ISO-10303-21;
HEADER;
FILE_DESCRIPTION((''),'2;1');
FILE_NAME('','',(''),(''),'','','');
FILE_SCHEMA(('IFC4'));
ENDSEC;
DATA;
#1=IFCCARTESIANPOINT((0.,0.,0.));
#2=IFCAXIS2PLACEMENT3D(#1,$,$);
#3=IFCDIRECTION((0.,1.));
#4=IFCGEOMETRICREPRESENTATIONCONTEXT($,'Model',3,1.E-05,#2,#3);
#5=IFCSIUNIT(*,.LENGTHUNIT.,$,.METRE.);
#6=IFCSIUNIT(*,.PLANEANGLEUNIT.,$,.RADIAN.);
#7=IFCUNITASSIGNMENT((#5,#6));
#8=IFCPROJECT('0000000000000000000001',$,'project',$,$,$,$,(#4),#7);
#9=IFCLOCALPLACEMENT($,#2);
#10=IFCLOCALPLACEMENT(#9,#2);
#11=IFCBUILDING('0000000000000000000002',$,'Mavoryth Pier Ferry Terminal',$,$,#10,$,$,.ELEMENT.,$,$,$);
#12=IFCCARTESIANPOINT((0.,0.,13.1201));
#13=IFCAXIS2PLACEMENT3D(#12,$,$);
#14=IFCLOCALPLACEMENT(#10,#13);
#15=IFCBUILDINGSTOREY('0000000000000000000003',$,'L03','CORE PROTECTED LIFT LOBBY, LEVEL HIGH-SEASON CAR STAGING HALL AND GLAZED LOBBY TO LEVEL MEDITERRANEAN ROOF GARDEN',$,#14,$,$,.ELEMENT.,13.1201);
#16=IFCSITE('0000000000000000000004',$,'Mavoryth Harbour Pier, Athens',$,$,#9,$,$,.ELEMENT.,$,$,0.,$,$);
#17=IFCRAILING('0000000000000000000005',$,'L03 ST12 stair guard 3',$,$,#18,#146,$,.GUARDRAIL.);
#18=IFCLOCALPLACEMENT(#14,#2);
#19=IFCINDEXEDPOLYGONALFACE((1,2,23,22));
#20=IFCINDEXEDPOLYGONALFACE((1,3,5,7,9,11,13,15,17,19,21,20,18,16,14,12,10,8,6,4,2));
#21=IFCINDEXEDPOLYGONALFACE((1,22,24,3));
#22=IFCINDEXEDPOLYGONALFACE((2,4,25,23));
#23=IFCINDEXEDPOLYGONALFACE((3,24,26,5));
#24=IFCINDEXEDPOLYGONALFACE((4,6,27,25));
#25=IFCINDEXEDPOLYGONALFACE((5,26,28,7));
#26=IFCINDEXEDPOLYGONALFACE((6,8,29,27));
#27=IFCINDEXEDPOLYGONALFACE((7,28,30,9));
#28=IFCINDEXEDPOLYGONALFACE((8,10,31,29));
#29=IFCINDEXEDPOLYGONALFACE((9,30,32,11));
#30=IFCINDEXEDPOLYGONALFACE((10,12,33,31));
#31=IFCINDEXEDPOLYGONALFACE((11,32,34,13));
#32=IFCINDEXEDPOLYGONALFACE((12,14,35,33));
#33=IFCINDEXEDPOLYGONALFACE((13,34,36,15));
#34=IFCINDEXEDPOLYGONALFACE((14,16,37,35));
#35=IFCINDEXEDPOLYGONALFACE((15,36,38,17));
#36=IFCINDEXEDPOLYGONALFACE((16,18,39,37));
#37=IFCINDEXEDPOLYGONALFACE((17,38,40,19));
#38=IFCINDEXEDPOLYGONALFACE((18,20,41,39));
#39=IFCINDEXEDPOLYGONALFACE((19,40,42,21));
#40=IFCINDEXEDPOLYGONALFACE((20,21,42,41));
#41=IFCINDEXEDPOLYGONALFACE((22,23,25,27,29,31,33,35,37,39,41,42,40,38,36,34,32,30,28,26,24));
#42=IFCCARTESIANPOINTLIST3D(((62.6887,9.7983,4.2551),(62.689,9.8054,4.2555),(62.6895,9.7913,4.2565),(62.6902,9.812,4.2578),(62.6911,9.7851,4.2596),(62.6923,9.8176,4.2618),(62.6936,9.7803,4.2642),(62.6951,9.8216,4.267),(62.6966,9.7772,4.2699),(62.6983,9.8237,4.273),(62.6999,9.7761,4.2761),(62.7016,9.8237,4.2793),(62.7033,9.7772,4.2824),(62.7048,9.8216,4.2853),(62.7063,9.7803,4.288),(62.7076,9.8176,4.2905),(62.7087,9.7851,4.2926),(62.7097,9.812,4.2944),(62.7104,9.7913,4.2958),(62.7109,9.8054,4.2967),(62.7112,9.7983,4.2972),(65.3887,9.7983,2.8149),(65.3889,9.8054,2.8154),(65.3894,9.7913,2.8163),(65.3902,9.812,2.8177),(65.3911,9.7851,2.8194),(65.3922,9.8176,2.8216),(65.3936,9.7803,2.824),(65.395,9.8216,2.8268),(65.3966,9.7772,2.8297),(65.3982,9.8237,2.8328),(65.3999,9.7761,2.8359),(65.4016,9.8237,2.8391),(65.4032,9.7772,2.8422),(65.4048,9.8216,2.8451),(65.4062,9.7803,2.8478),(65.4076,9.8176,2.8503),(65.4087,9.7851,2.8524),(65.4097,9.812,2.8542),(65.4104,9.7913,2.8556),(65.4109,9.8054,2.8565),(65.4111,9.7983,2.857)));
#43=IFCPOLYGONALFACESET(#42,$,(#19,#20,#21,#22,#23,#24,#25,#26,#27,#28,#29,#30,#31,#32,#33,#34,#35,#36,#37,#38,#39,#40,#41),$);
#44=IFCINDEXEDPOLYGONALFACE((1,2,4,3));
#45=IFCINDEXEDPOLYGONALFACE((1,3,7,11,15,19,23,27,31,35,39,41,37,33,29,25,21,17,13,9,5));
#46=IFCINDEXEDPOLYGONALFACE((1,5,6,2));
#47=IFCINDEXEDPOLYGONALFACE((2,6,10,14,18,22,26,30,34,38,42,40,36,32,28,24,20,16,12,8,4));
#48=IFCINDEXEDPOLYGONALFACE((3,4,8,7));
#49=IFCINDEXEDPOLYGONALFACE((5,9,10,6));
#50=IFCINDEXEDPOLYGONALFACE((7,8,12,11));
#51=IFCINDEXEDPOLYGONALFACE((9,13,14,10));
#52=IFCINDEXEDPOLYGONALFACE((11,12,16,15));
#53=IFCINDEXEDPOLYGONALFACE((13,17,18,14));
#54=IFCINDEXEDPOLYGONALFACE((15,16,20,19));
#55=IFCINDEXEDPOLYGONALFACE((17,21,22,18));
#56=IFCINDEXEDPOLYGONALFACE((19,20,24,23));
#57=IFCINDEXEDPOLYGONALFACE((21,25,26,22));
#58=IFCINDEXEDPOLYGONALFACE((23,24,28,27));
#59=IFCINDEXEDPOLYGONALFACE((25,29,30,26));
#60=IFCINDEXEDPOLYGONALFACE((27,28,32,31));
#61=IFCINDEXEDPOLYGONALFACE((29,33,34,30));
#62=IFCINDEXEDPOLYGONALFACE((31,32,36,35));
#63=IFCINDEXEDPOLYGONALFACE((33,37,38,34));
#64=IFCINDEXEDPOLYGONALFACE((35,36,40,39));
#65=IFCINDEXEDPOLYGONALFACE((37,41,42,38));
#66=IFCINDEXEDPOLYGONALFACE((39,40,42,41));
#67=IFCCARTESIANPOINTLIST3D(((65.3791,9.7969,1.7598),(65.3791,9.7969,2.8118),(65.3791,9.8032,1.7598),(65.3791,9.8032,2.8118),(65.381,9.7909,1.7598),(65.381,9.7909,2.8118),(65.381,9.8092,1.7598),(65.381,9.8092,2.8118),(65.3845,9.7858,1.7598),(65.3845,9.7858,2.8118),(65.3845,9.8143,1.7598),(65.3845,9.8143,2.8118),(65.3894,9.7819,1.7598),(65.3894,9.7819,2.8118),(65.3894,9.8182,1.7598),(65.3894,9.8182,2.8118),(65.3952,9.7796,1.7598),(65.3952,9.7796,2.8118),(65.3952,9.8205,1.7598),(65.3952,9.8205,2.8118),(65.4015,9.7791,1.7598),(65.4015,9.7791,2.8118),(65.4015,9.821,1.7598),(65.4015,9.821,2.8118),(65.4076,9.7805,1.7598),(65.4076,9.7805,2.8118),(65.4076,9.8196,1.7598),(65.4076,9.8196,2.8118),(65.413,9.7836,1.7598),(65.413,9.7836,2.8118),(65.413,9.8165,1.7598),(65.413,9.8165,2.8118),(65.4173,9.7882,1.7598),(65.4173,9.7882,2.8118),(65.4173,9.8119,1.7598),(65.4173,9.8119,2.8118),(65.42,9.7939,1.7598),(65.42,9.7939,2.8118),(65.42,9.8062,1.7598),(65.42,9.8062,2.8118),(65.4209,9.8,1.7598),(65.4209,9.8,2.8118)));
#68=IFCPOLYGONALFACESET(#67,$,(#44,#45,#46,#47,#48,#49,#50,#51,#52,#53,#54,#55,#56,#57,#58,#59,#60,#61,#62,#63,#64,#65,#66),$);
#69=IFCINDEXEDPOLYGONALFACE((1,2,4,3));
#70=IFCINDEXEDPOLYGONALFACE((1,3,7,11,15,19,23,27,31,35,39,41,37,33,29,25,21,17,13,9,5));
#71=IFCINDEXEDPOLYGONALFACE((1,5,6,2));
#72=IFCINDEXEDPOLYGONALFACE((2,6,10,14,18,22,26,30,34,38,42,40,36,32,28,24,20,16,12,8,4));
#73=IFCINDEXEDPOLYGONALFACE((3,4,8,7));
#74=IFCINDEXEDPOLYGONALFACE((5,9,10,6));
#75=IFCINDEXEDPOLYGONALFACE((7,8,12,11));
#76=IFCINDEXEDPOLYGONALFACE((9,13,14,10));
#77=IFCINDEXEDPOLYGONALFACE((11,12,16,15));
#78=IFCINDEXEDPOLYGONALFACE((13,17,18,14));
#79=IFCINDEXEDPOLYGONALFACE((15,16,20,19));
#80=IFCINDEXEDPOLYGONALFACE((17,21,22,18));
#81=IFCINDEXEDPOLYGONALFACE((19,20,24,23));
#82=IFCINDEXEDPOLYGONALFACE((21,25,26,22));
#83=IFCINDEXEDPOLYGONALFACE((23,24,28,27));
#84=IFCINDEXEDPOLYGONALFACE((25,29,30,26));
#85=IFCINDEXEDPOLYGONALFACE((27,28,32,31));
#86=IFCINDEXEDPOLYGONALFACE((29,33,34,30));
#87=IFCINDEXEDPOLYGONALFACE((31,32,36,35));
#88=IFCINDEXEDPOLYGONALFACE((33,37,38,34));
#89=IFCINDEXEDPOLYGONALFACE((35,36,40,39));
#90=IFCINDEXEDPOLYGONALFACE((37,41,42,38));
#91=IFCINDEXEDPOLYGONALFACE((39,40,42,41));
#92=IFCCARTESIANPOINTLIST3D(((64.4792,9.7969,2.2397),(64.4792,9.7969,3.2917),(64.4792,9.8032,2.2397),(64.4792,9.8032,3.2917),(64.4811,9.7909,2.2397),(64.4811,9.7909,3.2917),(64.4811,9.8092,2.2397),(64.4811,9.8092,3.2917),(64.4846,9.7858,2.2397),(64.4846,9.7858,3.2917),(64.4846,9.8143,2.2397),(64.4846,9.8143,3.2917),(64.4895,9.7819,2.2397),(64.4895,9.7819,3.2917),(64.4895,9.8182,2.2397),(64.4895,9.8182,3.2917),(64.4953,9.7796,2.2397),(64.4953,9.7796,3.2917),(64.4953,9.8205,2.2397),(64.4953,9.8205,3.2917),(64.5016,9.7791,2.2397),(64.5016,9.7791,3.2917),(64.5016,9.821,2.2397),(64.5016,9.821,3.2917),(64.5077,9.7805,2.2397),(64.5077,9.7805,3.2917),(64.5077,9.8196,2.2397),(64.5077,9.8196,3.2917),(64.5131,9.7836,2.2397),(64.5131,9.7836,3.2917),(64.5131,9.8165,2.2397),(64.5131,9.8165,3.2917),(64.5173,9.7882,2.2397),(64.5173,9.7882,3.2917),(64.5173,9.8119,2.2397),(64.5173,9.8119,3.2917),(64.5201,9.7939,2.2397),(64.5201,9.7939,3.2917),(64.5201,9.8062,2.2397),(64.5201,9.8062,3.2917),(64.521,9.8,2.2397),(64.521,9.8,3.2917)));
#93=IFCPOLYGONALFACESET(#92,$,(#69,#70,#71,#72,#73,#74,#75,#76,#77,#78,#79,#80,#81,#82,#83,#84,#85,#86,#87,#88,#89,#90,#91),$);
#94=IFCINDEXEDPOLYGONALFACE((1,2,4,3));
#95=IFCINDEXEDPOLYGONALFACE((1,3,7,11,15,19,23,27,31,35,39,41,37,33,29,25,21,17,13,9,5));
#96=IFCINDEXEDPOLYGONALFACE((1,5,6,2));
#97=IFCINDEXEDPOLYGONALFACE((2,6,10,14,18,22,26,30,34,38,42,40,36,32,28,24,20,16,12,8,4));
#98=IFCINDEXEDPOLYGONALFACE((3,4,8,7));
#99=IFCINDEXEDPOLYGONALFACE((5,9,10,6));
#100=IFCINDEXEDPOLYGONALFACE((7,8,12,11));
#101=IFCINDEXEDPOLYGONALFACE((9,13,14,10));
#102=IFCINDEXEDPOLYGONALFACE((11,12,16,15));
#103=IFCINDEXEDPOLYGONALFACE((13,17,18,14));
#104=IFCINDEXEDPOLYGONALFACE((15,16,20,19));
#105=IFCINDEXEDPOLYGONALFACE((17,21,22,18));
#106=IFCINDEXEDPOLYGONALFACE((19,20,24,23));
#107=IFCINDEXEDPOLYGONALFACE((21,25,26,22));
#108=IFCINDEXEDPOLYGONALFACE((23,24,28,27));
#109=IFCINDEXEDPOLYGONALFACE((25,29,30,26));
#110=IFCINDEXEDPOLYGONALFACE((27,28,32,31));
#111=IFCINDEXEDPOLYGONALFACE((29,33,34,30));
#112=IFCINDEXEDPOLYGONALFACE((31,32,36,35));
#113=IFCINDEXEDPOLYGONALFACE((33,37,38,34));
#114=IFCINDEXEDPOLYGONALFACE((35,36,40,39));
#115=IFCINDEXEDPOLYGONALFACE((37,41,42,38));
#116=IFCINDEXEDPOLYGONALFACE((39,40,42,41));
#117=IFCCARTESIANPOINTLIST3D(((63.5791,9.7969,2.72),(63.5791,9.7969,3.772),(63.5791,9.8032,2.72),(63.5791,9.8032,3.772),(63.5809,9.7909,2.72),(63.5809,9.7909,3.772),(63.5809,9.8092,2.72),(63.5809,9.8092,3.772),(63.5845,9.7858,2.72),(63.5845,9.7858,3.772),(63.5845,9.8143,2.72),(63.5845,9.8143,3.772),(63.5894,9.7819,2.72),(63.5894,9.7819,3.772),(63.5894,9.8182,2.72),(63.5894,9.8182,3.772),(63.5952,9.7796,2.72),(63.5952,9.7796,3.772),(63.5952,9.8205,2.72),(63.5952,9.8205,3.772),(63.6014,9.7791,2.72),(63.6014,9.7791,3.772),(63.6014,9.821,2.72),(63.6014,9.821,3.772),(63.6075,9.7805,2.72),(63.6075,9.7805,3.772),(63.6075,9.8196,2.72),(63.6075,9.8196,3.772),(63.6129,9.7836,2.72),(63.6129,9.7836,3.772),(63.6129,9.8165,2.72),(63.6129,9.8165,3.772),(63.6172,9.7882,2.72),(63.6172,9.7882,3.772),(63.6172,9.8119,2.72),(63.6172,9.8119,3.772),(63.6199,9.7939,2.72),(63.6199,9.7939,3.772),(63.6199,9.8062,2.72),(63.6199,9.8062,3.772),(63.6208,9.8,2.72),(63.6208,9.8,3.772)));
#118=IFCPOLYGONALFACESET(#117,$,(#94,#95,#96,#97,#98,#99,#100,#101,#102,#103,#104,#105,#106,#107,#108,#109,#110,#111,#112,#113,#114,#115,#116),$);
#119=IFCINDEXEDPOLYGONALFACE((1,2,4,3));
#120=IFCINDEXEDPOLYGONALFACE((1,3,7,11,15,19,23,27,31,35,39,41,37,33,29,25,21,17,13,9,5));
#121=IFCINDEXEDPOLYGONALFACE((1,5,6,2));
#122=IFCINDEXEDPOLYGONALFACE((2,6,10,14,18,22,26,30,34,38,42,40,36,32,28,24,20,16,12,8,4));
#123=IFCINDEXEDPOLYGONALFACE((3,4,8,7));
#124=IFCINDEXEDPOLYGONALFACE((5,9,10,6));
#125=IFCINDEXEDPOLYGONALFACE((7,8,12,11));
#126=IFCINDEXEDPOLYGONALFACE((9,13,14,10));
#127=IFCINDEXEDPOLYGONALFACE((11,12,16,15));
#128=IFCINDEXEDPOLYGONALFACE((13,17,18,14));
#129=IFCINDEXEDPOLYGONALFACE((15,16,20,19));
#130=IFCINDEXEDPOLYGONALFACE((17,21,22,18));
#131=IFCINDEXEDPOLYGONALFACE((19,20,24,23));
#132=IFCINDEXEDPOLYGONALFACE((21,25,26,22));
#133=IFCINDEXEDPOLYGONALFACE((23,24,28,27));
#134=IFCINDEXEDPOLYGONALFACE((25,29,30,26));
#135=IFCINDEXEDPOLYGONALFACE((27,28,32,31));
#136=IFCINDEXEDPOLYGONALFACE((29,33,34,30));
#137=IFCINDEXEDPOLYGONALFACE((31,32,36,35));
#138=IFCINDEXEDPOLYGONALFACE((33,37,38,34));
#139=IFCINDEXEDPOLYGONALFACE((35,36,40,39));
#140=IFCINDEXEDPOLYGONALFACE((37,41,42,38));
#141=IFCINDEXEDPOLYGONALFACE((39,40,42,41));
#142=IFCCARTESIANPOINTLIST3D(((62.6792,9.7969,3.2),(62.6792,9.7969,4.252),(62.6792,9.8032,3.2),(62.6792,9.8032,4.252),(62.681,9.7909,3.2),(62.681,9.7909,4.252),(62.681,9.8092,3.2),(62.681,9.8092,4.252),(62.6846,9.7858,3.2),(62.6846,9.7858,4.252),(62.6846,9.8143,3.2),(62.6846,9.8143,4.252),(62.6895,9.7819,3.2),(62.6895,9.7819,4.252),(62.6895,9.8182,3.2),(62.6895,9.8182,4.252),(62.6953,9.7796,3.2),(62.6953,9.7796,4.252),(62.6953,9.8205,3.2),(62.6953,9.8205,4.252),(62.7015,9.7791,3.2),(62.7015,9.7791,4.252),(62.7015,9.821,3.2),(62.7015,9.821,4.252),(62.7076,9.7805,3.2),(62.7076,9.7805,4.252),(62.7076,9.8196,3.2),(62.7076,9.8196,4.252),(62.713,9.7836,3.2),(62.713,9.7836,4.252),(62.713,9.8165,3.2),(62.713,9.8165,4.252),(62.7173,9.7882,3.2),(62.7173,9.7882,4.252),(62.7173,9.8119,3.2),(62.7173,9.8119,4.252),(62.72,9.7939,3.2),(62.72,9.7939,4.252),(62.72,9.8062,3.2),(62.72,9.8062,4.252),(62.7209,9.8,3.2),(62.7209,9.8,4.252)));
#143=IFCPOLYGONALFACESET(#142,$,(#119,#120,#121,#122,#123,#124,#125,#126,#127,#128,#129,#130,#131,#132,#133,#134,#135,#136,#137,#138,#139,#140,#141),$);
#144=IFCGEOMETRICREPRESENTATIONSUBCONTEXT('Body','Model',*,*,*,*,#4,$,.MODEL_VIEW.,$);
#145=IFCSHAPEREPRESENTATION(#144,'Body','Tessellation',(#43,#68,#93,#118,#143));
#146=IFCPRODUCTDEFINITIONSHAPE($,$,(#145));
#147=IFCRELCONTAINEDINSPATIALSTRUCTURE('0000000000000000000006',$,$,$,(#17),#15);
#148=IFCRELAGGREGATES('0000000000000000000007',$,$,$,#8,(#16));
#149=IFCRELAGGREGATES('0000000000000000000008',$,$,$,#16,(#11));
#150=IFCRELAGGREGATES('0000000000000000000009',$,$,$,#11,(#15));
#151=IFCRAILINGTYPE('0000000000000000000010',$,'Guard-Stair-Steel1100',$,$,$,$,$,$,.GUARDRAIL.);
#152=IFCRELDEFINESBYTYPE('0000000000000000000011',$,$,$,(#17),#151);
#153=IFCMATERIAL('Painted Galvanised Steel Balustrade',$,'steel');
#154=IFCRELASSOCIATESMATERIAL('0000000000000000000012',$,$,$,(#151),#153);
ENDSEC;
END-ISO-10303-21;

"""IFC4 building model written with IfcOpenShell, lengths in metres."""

from ifc_helpers import new_model, si_unit, direction, frame, origin, origin_2d, place, context, subcontext, project, spatial, circle, extrude, material, type_object, element, save


model = new_model("IFC4")

# Units and contexts
model_context = context("Model", 3, precision=1e-05, world=origin(), true_north=direction((0.0, 1.0)))
body_context = subcontext(model_context, "Body", "Model", "MODEL_VIEW")
ifc_project = project(units=[si_unit("LENGTHUNIT", "METRE"), si_unit("PLANEANGLEUNIT", "RADIAN")], contexts=[model_context])

# Site, building, storey
site_placement = place(None, origin())
site = spatial("IfcSite", under=ifc_project, at=site_placement, Name="Mavoryth Harbour Pier, Athens", CompositionType="ELEMENT", RefElevation=0.0)
building_placement = place(site_placement, origin())
building = spatial("IfcBuilding", under=site, at=building_placement, Name="Mavoryth Pier Ferry Terminal", CompositionType="ELEMENT")
storey_placement = place(building_placement, frame((0.0, 0.0, 13.1201)))
storey = spatial("IfcBuildingStorey", under=building, at=storey_placement, Name="L03", Description="CORE PROTECTED LIFT LOBBY, LEVEL HIGH-SEASON CAR STAGING HALL AND GLAZED LOBBY TO LEVEL MEDITERRANEAN ROOF GARDEN", CompositionType="ELEMENT", Elevation=13.1201)

# Railing
ifc_material_1 = material(Name="Painted Galvanised Steel Balustrade", Category="steel")
railing_type_1 = type_object("IfcRailingType", Name="Guard-Stair-Steel1100", PredefinedType="GUARDRAIL", material=ifc_material_1)
railing_1_placement = place(storey_placement, frame((65.3999, 9.8, 1.7598)))
element("IfcRailing", 1, at=railing_1_placement, inside=storey, type_object=railing_type_1, Name="L03 ST12 stair guard 3", PredefinedType="GUARDRAIL", context=body_context, shape_type="SweptSolid", body=[
    extrude(circle(Radius=0.0239, at=origin_2d()), frame((0.0, 0.0, 1.0762), z_axis=(-0.882324, 0.0, 0.470642), x_axis=(0.0, -1.0, 0.0)), (0.0, 0.0, 1.0), 3.0601),
    extrude(circle(Radius=0.021, at=origin_2d()), origin(), (0.0, 0.0, 1.0), 1.052),
    extrude(circle(Radius=0.021, at=origin_2d()), frame((-0.8999, 0.0, 0.48)), (0.0, 0.0, 1.0), 1.052),
    extrude(circle(Radius=0.021, at=origin_2d()), frame((-1.8, 0.0, 0.9602)), (0.0, 0.0, 1.0), 1.052),
    extrude(circle(Radius=0.021, at=origin_2d()), frame((-2.7, 0.0, 1.4402)), (0.0, 0.0, 1.0), 1.052),
])

save(model, "model.ifc")
